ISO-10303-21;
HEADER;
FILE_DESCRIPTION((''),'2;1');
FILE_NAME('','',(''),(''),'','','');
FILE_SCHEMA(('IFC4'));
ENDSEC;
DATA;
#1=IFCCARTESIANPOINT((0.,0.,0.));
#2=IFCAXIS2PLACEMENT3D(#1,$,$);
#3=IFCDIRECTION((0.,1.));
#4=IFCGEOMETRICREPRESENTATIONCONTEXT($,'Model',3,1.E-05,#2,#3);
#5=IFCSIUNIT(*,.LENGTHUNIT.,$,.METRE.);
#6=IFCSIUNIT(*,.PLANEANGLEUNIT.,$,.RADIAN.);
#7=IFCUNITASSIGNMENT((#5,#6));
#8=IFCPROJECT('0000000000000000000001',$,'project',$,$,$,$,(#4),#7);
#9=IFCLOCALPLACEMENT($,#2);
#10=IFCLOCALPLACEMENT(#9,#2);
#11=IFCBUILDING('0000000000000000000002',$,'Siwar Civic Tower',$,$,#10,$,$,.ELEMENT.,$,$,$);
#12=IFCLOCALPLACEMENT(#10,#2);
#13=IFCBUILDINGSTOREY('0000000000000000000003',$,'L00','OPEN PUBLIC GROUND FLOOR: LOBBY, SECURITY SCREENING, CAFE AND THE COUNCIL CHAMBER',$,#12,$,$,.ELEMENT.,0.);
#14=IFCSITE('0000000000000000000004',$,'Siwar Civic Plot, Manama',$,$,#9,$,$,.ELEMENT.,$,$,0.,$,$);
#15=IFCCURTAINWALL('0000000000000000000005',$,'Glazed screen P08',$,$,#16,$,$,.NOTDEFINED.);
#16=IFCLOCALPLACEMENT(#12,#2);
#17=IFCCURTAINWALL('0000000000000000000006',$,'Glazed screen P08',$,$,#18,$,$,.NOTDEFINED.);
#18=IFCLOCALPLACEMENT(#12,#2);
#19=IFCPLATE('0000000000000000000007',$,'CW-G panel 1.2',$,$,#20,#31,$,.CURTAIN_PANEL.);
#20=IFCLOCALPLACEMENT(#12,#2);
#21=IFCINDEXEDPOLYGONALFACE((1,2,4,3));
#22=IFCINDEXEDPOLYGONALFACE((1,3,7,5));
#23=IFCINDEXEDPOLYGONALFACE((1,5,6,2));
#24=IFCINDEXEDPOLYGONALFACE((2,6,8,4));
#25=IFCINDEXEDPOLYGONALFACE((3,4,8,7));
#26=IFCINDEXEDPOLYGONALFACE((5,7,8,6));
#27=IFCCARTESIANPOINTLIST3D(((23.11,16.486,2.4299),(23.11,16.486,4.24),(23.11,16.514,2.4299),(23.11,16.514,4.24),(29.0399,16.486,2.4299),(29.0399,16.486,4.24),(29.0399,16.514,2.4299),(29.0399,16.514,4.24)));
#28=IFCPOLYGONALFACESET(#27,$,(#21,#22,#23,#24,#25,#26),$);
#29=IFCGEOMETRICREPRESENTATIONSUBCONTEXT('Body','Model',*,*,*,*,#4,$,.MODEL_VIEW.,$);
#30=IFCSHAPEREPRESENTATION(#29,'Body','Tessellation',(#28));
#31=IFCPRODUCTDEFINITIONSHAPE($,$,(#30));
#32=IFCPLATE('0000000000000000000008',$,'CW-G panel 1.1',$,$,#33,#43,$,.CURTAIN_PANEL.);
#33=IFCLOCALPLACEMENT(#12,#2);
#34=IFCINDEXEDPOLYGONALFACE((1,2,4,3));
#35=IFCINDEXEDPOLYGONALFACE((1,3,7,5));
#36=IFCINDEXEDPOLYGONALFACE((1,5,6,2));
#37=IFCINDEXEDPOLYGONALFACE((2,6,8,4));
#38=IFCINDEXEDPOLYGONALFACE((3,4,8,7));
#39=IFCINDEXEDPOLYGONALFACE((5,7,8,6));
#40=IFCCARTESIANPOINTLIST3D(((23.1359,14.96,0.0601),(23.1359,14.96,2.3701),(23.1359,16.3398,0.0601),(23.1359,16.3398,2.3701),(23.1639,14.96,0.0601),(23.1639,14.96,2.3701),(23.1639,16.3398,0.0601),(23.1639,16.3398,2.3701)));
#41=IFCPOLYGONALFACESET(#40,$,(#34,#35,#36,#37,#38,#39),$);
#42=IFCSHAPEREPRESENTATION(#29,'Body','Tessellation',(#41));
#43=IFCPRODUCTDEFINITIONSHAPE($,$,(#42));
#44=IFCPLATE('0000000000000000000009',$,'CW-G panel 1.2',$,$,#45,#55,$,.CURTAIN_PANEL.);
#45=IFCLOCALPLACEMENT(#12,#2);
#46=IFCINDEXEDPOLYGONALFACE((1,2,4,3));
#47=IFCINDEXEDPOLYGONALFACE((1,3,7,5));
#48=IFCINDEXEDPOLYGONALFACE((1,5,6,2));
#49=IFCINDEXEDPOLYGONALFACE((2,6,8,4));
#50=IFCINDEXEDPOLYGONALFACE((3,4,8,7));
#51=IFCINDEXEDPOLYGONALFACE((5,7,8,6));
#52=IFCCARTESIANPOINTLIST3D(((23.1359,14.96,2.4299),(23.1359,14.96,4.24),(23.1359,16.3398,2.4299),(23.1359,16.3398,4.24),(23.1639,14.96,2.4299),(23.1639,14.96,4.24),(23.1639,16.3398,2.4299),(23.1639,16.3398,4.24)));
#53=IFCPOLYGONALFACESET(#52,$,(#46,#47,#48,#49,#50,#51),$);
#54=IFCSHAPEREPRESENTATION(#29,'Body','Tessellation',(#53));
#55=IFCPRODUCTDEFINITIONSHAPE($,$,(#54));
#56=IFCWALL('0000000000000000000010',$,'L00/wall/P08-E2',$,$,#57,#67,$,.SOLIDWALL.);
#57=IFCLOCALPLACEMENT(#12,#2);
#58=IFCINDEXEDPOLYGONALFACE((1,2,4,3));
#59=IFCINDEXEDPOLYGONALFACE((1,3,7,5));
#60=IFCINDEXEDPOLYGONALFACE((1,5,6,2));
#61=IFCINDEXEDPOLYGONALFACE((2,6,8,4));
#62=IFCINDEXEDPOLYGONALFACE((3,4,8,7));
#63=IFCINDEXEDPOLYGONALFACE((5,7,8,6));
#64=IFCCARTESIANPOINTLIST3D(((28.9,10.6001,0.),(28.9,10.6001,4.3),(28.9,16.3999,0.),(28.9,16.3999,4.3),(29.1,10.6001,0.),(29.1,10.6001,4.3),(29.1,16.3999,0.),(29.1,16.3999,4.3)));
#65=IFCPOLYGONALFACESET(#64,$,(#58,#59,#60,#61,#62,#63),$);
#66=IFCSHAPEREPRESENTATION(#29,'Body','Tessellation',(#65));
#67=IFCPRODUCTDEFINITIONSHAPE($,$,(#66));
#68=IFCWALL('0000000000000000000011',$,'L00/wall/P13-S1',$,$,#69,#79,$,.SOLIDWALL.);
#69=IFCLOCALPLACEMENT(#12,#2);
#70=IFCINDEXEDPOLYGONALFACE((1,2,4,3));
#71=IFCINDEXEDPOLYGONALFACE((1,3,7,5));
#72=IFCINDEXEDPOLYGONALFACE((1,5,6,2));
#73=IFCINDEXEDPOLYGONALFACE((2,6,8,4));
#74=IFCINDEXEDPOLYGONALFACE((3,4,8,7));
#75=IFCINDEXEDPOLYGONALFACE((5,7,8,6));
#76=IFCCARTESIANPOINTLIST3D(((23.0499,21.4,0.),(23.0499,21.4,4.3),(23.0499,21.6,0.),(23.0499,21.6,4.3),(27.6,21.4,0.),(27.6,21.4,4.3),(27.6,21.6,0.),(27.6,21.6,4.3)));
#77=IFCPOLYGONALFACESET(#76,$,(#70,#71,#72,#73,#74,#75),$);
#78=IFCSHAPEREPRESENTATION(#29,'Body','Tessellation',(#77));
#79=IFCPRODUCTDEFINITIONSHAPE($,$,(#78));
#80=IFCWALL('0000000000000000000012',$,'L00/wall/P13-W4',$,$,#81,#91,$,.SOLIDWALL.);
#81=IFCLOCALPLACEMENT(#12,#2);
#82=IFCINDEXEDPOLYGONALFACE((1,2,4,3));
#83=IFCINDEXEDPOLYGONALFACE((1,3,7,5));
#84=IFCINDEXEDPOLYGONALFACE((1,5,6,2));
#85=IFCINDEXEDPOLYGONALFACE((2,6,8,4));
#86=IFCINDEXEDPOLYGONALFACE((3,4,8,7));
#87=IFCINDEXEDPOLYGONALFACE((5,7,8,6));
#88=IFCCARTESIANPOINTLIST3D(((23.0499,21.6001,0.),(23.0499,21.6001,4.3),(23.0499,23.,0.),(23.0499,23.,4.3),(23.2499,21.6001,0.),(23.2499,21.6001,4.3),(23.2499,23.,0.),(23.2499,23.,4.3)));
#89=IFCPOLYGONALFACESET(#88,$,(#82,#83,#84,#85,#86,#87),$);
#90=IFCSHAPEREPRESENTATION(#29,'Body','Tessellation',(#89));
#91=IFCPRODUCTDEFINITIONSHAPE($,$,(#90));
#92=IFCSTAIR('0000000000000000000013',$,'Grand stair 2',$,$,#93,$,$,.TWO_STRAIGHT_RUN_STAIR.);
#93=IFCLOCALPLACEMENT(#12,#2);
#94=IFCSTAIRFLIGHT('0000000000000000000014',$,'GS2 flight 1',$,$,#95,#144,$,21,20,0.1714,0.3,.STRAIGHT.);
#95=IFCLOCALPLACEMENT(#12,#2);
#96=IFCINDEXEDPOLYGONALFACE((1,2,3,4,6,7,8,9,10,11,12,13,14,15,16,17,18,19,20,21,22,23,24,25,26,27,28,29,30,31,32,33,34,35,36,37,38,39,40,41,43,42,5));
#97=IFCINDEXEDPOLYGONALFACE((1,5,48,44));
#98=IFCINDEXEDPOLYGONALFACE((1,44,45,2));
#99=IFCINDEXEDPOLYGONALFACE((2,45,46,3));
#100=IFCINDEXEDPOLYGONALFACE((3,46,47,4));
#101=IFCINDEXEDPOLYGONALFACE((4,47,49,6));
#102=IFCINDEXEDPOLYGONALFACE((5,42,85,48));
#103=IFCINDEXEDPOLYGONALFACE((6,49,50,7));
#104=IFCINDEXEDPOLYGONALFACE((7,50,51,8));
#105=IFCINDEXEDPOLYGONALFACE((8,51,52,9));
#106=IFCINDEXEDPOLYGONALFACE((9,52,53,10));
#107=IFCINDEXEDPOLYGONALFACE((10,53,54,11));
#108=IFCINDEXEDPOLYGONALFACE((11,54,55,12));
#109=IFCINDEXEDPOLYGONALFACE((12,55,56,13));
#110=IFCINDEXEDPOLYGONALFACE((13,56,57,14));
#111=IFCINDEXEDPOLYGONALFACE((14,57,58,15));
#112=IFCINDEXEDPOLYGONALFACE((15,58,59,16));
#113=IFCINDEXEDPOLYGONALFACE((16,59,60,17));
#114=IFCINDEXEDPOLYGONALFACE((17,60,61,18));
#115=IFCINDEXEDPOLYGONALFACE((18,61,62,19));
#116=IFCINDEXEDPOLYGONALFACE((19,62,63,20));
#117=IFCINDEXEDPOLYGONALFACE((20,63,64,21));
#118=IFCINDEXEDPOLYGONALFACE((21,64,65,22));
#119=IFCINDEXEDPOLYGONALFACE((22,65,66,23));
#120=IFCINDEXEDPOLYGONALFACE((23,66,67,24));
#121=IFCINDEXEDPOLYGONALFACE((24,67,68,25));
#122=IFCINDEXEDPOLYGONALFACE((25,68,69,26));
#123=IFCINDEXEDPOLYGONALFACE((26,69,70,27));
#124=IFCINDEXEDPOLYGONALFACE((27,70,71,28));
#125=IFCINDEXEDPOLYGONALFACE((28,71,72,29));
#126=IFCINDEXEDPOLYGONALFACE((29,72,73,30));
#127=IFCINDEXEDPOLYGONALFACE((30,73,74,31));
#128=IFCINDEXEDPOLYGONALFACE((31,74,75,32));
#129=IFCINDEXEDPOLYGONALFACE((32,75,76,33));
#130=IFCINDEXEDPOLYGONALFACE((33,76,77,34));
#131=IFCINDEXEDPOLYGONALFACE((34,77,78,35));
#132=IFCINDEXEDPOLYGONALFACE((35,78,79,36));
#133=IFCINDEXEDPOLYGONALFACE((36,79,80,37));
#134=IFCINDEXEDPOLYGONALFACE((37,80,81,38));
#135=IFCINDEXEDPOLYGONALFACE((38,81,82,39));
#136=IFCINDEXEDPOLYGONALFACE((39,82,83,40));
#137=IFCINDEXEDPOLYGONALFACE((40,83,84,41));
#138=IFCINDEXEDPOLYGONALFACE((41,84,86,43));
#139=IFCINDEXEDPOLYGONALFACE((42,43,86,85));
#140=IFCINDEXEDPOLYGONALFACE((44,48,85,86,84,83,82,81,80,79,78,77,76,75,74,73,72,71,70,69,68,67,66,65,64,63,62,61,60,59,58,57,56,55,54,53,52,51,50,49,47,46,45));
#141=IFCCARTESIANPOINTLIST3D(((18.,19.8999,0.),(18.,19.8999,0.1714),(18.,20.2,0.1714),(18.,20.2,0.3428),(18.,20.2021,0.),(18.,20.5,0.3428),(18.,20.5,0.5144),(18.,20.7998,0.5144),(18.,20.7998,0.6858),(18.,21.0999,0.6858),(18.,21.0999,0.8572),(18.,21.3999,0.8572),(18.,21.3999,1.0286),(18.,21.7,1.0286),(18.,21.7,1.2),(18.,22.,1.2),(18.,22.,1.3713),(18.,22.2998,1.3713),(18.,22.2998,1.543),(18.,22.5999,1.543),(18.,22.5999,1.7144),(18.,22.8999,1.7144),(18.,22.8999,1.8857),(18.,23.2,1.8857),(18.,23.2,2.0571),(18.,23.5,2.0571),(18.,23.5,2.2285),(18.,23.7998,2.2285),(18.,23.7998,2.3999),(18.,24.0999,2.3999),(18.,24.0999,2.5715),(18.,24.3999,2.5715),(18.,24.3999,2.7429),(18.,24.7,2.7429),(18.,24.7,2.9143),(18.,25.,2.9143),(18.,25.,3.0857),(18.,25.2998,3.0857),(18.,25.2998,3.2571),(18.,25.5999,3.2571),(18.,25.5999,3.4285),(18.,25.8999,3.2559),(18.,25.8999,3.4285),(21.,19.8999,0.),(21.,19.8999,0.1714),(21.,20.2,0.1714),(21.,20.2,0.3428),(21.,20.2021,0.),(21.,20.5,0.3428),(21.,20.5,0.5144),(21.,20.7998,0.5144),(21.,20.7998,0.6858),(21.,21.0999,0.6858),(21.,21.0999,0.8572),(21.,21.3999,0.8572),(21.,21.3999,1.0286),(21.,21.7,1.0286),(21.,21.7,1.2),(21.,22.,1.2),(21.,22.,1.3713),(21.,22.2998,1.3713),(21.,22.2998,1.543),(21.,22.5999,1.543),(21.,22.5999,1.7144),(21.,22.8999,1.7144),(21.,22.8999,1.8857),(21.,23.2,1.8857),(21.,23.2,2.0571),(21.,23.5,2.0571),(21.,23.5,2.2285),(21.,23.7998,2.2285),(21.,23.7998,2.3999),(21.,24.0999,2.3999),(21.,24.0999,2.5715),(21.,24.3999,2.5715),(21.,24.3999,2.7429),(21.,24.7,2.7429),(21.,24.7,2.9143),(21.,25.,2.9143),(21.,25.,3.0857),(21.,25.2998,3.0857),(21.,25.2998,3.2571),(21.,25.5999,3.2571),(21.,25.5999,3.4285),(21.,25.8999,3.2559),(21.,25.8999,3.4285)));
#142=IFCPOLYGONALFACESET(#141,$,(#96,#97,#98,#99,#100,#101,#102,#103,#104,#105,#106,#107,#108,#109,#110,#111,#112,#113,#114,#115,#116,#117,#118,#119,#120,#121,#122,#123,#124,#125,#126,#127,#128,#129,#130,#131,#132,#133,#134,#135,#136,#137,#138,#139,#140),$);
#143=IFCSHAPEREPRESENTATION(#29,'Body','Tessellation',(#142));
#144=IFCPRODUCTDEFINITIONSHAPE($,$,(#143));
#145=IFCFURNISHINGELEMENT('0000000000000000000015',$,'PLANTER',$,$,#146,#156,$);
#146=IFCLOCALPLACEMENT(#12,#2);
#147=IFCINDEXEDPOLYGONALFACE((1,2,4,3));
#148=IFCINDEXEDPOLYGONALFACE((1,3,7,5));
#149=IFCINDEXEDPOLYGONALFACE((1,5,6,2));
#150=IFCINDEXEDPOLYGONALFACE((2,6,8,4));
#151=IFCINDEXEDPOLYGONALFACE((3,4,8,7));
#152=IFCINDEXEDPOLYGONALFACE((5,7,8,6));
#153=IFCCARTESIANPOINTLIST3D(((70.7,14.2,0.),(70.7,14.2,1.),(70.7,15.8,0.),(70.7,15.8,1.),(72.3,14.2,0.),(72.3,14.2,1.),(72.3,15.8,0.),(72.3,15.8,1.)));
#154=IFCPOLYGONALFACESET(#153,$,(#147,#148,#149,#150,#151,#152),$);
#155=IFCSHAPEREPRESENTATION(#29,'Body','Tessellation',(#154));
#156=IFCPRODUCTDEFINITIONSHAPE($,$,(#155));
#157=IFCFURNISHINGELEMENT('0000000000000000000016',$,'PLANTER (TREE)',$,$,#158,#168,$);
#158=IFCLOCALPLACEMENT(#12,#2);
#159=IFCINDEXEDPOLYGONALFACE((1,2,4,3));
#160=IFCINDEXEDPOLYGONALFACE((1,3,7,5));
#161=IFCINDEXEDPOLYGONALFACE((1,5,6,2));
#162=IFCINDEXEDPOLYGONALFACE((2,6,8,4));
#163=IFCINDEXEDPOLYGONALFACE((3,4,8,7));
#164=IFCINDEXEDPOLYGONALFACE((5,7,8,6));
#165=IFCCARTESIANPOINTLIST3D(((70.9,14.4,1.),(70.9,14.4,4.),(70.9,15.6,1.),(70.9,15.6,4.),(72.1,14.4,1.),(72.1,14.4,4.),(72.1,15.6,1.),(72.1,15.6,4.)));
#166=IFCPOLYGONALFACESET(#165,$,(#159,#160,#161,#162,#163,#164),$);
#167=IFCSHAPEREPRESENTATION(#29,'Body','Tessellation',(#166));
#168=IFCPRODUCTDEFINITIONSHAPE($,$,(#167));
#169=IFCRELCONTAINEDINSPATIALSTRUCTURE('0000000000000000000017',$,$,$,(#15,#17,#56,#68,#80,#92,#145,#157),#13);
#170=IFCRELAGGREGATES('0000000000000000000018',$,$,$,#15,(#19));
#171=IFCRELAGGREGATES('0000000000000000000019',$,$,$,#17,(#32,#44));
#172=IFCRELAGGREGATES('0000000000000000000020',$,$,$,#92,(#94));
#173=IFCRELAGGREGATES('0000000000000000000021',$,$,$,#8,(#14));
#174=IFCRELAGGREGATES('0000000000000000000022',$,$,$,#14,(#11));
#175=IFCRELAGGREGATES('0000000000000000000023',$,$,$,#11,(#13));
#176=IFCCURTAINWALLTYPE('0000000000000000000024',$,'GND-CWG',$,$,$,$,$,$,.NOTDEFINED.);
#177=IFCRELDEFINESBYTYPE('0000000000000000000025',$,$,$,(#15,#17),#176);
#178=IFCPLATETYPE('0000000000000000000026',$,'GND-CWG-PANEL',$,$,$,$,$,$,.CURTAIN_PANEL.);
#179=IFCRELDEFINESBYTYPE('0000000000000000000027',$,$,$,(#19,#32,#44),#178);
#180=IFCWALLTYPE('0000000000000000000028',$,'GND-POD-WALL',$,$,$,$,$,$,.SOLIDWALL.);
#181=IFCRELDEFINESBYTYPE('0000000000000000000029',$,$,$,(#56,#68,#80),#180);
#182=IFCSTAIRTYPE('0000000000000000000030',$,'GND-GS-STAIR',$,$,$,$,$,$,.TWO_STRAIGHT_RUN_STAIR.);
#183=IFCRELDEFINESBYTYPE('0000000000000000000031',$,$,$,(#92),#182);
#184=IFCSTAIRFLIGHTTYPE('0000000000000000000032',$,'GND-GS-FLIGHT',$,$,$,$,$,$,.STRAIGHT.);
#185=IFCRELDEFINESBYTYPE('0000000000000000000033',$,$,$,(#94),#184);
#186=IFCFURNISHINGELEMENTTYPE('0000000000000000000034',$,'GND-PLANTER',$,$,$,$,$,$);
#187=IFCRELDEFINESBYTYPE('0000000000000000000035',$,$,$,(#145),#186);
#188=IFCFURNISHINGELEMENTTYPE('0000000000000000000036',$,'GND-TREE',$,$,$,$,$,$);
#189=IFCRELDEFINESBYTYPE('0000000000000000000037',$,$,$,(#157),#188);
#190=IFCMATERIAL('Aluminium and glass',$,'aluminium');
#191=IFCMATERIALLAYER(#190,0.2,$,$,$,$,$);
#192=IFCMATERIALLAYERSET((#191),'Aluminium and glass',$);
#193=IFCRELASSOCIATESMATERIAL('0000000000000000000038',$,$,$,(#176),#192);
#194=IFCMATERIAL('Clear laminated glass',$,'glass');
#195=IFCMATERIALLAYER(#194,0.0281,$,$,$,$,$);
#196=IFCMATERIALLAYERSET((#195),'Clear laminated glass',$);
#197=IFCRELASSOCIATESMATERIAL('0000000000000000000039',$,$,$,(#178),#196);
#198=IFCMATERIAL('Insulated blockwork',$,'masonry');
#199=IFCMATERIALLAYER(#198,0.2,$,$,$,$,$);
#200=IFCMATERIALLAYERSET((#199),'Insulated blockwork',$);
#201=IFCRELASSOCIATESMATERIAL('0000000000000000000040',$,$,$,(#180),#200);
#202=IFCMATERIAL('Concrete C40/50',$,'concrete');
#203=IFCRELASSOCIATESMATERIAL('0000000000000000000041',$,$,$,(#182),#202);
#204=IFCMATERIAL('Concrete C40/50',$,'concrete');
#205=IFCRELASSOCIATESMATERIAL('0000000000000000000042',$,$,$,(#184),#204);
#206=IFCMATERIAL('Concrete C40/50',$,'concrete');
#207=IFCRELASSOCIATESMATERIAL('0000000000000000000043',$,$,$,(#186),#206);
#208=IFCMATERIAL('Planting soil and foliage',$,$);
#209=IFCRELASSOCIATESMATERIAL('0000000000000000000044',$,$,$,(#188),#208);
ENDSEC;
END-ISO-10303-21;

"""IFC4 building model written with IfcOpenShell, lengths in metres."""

from ifc_helpers import new_model, si_unit, direction, frame, frame_2d, origin, origin_2d, place, context, subcontext, project, spatial, polyline, rectangle, outline, extrude, material, layer, layer_set, type_object, element, aggregate, save


model = new_model("IFC4")

# Units and contexts
model_context = context("Model", 3, precision=1e-05, world=origin(), true_north=direction((0.0, 1.0)))
body_context = subcontext(model_context, "Body", "Model", "MODEL_VIEW")
ifc_project = project(units=[si_unit("LENGTHUNIT", "METRE"), si_unit("PLANEANGLEUNIT", "RADIAN")], contexts=[model_context])

# Site, building, storey
site_placement = place(None, origin())
site = spatial("IfcSite", under=ifc_project, at=site_placement, Name="Siwar Civic Plot, Manama", CompositionType="ELEMENT", RefElevation=0.0)
building_placement = place(site_placement, origin())
building = spatial("IfcBuilding", under=site, at=building_placement, Name="Siwar Civic Tower", CompositionType="ELEMENT")
storey_placement = place(building_placement, origin())
storey = spatial("IfcBuildingStorey", under=building, at=storey_placement, Name="L00", Description="OPEN PUBLIC GROUND FLOOR: LOBBY, SECURITY SCREENING, CAFE AND THE COUNCIL CHAMBER", CompositionType="ELEMENT", Elevation=0.0)

# Curtain walls
ifc_material_1 = material(Name="Aluminium and glass", Category="aluminium")
ifc_layer_1 = layer(ifc_material_1, 0.2)
ifc_layer_set_1 = layer_set([ifc_layer_1], Name="Aluminium and glass")
curtain_wall_type = type_object("IfcCurtainWallType", Name="GND-CWG", PredefinedType="NOTDEFINED", material=ifc_layer_set_1)
curtain_wall_1_placement = place(storey_placement, origin())
curtain_wall_1 = element("IfcCurtainWall", 1, at=curtain_wall_1_placement, inside=storey, type_object=curtain_wall_type, Name="Glazed screen P08", PredefinedType="NOTDEFINED")
curtain_wall_2_placement = place(storey_placement, origin())
curtain_wall_2 = element("IfcCurtainWall", 2, at=curtain_wall_2_placement, inside=storey, type_object=curtain_wall_type, Name="Glazed screen P08", PredefinedType="NOTDEFINED")

# Plates
ifc_material_2 = material(Name="Clear laminated glass", Category="glass")
ifc_layer_2 = layer(ifc_material_2, 0.0281)
ifc_layer_set_2 = layer_set([ifc_layer_2], Name="Clear laminated glass")
plate_type = type_object("IfcPlateType", Name="GND-CWG-PANEL", PredefinedType="CURTAIN_PANEL", material=ifc_layer_set_2)
plate_1_placement = place(storey_placement, frame((26.075, 16.5, 2.4299), z_axis=(0.0, 0.0, 1.0), x_axis=(1.0, 0.0, 0.0)))
plate_1 = element("IfcPlate", 3, at=plate_1_placement, type_object=plate_type, Name="CW-G panel 1.2", PredefinedType="CURTAIN_PANEL", context=body_context, shape_type="SweptSolid", body=[
    extrude(rectangle(XDim=5.9299, YDim=0.0281, at=origin_2d()), origin(), (0.0, 0.0, 1.0), 1.8101),
])
aggregate(curtain_wall_1, [plate_1])
plate_2_placement = place(storey_placement, frame((23.1499, 15.6499, 0.0601), z_axis=(0.0, 0.0, 1.0), x_axis=(0.0, 1.0, 0.0)))
plate_2 = element("IfcPlate", 4, at=plate_2_placement, type_object=plate_type, Name="CW-G panel 1.1", PredefinedType="CURTAIN_PANEL", context=body_context, shape_type="SweptSolid", body=[
    extrude(rectangle(XDim=1.3799, YDim=0.0281, at=origin_2d()), origin(), (0.0, 0.0, 1.0), 2.3101),
])
plate_3_placement = place(storey_placement, frame((23.1499, 15.6499, 2.4299), z_axis=(0.0, 0.0, 1.0), x_axis=(0.0, 1.0, 0.0)))
plate_3 = element("IfcPlate", 5, at=plate_3_placement, type_object=plate_type, Name="CW-G panel 1.2", PredefinedType="CURTAIN_PANEL", context=body_context, shape_type="SweptSolid", body=[
    extrude(rectangle(XDim=1.3799, YDim=0.0281, at=origin_2d()), origin(), (0.0, 0.0, 1.0), 1.8101),
])
aggregate(curtain_wall_2, [plate_2, plate_3])

# Wall
ifc_material_3 = material(Name="Insulated blockwork", Category="masonry")
ifc_layer_3 = layer(ifc_material_3, 0.2)
ifc_layer_set_3 = layer_set([ifc_layer_3], Name="Insulated blockwork")
wall_type = type_object("IfcWallType", Name="GND-POD-WALL", PredefinedType="SOLIDWALL", material=ifc_layer_set_3)
wall_1_placement = place(storey_placement, frame((29.0, 10.6001, 0.0), z_axis=(0.0, 0.0, 1.0), x_axis=(0.0, 1.0, 0.0)))
element("IfcWall", 6, at=wall_1_placement, inside=storey, type_object=wall_type, Name="L00/wall/P08-E2", PredefinedType="SOLIDWALL", context=body_context, shape_type="SweptSolid", body=[
    extrude(rectangle(XDim=5.7998, YDim=0.2, at=frame_2d((2.8999, 0.0))), origin(), (0.0, 0.0, 1.0), 4.3),
])

# Walls
wall_2_placement = place(storey_placement, frame((23.05, 21.5, 0.0), z_axis=(0.0, 0.0, 1.0), x_axis=(1.0, 0.0, 0.0)))
element("IfcWall", 7, at=wall_2_placement, inside=storey, type_object=wall_type, Name="L00/wall/P13-S1", PredefinedType="SOLIDWALL", context=body_context, shape_type="SweptSolid", body=[
    extrude(rectangle(XDim=4.55, YDim=0.2, at=frame_2d((2.2749, 0.0))), origin(), (0.0, 0.0, 1.0), 4.3),
])
wall_3_placement = place(storey_placement, frame((23.1499, 21.6001, 0.0), z_axis=(0.0, 0.0, 1.0), x_axis=(0.0, 1.0, 0.0)))
element("IfcWall", 8, at=wall_3_placement, inside=storey, type_object=wall_type, Name="L00/wall/P13-W4", PredefinedType="SOLIDWALL", context=body_context, shape_type="SweptSolid", body=[
    extrude(rectangle(XDim=1.3999, YDim=0.2, at=frame_2d((0.7, 0.0))), origin(), (0.0, 0.0, 1.0), 4.3),
])

# Stair, stair flight
ifc_material_4 = material(Name="Concrete C40/50", Category="concrete")
stair_type = type_object("IfcStairType", Name="GND-GS-STAIR", PredefinedType="TWO_STRAIGHT_RUN_STAIR", material=ifc_material_4)
stair_placement = place(storey_placement, origin())
stair = element("IfcStair", 9, at=stair_placement, inside=storey, type_object=stair_type, Name="Grand stair 2", PredefinedType="TWO_STRAIGHT_RUN_STAIR")
ifc_material_5 = material(Name="Concrete C40/50", Category="concrete")
stair_flight_type = type_object("IfcStairFlightType", Name="GND-GS-FLIGHT", PredefinedType="STRAIGHT", material=ifc_material_5)
stair_flight_placement = place(storey_placement, frame((19.5, 19.8999, 0.0), z_axis=(0.0, 0.0, 1.0), x_axis=(0.0, 1.0, 0.0)))
stair_flight = element("IfcStairFlight", 10, at=stair_flight_placement, type_object=stair_flight_type, Name="GS2 flight 1", NumberOfRisers=21, NumberOfTreads=20, PredefinedType="STRAIGHT", RiserHeight=0.1714, TreadLength=0.3, context=body_context, shape_type="SweptSolid", body=[
    extrude(outline(polyline([(0.0, 0.0), (0.0, 0.1714), (0.3, 0.1714), (0.3, 0.3428), (0.6001, 0.3428), (0.6001, 0.5144), (0.8999, 0.5144), (0.8999, 0.6858), (1.2, 0.6858), (1.2, 0.8572), (1.5, 0.8572), (1.5, 1.0286), (1.8, 1.0286), (1.8, 1.2), (2.1001, 1.2), (2.1001, 1.3713), (2.3999, 1.3713), (2.3999, 1.543), (2.7, 1.543), (2.7, 1.7144), (3.0, 1.7144), (3.0, 1.8857), (3.3, 1.8857), (3.3, 2.0571), (3.6001, 2.0571), (3.6001, 2.2285), (3.8999, 2.2285), (3.8999, 2.3999), (4.2, 2.3999), (4.2, 2.5715), (4.5, 2.5715), (4.5, 2.7429), (4.8, 2.7429), (4.8, 2.9143), (5.1001, 2.9143), (5.1001, 3.0857), (5.3999, 3.0857), (5.3999, 3.2571), (5.7, 3.2571), (5.7, 3.4285), (6.0, 3.4285), (6.0, 3.6001), (6.0, 3.2559), (0.3022, 0.0), (0.0, 0.0)])), frame((0.0, 1.5, 0.0), z_axis=(0.0, -1.0, 0.0), x_axis=(1.0, 0.0, 0.0)), (0.0, 0.0, 1.0), 3.0),
])
aggregate(stair, [stair_flight])

# Furnishing elements
ifc_material_6 = material(Name="Concrete C40/50", Category="concrete")
furnishing_element_type_1 = type_object("IfcFurnishingElementType", Name="GND-PLANTER", material=ifc_material_6)
furnishing_1_placement = place(storey_placement, frame((71.5, 15.0, 0.0), z_axis=(0.0, 0.0, 1.0), x_axis=(1.0, 0.0, 0.0)))
element("IfcFurnishingElement", 11, at=furnishing_1_placement, inside=storey, type_object=furnishing_element_type_1, Name="PLANTER", context=body_context, shape_type="SweptSolid", body=[
    extrude(rectangle(XDim=1.6001, YDim=1.6001, at=origin_2d()), origin(), (0.0, 0.0, 1.0), 1.0),
])
ifc_material_7 = material(Name="Planting soil and foliage")
furnishing_element_type_2 = type_object("IfcFurnishingElementType", Name="GND-TREE", material=ifc_material_7)
furnishing_2_placement = place(storey_placement, frame((71.5, 15.0, 1.0), z_axis=(0.0, 0.0, 1.0), x_axis=(1.0, 0.0, 0.0)))
element("IfcFurnishingElement", 12, at=furnishing_2_placement, inside=storey, type_object=furnishing_element_type_2, Name="PLANTER (TREE)", context=body_context, shape_type="SweptSolid", body=[
    extrude(rectangle(XDim=1.2, YDim=1.2, at=origin_2d()), origin(), (0.0, 0.0, 1.0), 3.0),
])

save(model, "model.ifc")
